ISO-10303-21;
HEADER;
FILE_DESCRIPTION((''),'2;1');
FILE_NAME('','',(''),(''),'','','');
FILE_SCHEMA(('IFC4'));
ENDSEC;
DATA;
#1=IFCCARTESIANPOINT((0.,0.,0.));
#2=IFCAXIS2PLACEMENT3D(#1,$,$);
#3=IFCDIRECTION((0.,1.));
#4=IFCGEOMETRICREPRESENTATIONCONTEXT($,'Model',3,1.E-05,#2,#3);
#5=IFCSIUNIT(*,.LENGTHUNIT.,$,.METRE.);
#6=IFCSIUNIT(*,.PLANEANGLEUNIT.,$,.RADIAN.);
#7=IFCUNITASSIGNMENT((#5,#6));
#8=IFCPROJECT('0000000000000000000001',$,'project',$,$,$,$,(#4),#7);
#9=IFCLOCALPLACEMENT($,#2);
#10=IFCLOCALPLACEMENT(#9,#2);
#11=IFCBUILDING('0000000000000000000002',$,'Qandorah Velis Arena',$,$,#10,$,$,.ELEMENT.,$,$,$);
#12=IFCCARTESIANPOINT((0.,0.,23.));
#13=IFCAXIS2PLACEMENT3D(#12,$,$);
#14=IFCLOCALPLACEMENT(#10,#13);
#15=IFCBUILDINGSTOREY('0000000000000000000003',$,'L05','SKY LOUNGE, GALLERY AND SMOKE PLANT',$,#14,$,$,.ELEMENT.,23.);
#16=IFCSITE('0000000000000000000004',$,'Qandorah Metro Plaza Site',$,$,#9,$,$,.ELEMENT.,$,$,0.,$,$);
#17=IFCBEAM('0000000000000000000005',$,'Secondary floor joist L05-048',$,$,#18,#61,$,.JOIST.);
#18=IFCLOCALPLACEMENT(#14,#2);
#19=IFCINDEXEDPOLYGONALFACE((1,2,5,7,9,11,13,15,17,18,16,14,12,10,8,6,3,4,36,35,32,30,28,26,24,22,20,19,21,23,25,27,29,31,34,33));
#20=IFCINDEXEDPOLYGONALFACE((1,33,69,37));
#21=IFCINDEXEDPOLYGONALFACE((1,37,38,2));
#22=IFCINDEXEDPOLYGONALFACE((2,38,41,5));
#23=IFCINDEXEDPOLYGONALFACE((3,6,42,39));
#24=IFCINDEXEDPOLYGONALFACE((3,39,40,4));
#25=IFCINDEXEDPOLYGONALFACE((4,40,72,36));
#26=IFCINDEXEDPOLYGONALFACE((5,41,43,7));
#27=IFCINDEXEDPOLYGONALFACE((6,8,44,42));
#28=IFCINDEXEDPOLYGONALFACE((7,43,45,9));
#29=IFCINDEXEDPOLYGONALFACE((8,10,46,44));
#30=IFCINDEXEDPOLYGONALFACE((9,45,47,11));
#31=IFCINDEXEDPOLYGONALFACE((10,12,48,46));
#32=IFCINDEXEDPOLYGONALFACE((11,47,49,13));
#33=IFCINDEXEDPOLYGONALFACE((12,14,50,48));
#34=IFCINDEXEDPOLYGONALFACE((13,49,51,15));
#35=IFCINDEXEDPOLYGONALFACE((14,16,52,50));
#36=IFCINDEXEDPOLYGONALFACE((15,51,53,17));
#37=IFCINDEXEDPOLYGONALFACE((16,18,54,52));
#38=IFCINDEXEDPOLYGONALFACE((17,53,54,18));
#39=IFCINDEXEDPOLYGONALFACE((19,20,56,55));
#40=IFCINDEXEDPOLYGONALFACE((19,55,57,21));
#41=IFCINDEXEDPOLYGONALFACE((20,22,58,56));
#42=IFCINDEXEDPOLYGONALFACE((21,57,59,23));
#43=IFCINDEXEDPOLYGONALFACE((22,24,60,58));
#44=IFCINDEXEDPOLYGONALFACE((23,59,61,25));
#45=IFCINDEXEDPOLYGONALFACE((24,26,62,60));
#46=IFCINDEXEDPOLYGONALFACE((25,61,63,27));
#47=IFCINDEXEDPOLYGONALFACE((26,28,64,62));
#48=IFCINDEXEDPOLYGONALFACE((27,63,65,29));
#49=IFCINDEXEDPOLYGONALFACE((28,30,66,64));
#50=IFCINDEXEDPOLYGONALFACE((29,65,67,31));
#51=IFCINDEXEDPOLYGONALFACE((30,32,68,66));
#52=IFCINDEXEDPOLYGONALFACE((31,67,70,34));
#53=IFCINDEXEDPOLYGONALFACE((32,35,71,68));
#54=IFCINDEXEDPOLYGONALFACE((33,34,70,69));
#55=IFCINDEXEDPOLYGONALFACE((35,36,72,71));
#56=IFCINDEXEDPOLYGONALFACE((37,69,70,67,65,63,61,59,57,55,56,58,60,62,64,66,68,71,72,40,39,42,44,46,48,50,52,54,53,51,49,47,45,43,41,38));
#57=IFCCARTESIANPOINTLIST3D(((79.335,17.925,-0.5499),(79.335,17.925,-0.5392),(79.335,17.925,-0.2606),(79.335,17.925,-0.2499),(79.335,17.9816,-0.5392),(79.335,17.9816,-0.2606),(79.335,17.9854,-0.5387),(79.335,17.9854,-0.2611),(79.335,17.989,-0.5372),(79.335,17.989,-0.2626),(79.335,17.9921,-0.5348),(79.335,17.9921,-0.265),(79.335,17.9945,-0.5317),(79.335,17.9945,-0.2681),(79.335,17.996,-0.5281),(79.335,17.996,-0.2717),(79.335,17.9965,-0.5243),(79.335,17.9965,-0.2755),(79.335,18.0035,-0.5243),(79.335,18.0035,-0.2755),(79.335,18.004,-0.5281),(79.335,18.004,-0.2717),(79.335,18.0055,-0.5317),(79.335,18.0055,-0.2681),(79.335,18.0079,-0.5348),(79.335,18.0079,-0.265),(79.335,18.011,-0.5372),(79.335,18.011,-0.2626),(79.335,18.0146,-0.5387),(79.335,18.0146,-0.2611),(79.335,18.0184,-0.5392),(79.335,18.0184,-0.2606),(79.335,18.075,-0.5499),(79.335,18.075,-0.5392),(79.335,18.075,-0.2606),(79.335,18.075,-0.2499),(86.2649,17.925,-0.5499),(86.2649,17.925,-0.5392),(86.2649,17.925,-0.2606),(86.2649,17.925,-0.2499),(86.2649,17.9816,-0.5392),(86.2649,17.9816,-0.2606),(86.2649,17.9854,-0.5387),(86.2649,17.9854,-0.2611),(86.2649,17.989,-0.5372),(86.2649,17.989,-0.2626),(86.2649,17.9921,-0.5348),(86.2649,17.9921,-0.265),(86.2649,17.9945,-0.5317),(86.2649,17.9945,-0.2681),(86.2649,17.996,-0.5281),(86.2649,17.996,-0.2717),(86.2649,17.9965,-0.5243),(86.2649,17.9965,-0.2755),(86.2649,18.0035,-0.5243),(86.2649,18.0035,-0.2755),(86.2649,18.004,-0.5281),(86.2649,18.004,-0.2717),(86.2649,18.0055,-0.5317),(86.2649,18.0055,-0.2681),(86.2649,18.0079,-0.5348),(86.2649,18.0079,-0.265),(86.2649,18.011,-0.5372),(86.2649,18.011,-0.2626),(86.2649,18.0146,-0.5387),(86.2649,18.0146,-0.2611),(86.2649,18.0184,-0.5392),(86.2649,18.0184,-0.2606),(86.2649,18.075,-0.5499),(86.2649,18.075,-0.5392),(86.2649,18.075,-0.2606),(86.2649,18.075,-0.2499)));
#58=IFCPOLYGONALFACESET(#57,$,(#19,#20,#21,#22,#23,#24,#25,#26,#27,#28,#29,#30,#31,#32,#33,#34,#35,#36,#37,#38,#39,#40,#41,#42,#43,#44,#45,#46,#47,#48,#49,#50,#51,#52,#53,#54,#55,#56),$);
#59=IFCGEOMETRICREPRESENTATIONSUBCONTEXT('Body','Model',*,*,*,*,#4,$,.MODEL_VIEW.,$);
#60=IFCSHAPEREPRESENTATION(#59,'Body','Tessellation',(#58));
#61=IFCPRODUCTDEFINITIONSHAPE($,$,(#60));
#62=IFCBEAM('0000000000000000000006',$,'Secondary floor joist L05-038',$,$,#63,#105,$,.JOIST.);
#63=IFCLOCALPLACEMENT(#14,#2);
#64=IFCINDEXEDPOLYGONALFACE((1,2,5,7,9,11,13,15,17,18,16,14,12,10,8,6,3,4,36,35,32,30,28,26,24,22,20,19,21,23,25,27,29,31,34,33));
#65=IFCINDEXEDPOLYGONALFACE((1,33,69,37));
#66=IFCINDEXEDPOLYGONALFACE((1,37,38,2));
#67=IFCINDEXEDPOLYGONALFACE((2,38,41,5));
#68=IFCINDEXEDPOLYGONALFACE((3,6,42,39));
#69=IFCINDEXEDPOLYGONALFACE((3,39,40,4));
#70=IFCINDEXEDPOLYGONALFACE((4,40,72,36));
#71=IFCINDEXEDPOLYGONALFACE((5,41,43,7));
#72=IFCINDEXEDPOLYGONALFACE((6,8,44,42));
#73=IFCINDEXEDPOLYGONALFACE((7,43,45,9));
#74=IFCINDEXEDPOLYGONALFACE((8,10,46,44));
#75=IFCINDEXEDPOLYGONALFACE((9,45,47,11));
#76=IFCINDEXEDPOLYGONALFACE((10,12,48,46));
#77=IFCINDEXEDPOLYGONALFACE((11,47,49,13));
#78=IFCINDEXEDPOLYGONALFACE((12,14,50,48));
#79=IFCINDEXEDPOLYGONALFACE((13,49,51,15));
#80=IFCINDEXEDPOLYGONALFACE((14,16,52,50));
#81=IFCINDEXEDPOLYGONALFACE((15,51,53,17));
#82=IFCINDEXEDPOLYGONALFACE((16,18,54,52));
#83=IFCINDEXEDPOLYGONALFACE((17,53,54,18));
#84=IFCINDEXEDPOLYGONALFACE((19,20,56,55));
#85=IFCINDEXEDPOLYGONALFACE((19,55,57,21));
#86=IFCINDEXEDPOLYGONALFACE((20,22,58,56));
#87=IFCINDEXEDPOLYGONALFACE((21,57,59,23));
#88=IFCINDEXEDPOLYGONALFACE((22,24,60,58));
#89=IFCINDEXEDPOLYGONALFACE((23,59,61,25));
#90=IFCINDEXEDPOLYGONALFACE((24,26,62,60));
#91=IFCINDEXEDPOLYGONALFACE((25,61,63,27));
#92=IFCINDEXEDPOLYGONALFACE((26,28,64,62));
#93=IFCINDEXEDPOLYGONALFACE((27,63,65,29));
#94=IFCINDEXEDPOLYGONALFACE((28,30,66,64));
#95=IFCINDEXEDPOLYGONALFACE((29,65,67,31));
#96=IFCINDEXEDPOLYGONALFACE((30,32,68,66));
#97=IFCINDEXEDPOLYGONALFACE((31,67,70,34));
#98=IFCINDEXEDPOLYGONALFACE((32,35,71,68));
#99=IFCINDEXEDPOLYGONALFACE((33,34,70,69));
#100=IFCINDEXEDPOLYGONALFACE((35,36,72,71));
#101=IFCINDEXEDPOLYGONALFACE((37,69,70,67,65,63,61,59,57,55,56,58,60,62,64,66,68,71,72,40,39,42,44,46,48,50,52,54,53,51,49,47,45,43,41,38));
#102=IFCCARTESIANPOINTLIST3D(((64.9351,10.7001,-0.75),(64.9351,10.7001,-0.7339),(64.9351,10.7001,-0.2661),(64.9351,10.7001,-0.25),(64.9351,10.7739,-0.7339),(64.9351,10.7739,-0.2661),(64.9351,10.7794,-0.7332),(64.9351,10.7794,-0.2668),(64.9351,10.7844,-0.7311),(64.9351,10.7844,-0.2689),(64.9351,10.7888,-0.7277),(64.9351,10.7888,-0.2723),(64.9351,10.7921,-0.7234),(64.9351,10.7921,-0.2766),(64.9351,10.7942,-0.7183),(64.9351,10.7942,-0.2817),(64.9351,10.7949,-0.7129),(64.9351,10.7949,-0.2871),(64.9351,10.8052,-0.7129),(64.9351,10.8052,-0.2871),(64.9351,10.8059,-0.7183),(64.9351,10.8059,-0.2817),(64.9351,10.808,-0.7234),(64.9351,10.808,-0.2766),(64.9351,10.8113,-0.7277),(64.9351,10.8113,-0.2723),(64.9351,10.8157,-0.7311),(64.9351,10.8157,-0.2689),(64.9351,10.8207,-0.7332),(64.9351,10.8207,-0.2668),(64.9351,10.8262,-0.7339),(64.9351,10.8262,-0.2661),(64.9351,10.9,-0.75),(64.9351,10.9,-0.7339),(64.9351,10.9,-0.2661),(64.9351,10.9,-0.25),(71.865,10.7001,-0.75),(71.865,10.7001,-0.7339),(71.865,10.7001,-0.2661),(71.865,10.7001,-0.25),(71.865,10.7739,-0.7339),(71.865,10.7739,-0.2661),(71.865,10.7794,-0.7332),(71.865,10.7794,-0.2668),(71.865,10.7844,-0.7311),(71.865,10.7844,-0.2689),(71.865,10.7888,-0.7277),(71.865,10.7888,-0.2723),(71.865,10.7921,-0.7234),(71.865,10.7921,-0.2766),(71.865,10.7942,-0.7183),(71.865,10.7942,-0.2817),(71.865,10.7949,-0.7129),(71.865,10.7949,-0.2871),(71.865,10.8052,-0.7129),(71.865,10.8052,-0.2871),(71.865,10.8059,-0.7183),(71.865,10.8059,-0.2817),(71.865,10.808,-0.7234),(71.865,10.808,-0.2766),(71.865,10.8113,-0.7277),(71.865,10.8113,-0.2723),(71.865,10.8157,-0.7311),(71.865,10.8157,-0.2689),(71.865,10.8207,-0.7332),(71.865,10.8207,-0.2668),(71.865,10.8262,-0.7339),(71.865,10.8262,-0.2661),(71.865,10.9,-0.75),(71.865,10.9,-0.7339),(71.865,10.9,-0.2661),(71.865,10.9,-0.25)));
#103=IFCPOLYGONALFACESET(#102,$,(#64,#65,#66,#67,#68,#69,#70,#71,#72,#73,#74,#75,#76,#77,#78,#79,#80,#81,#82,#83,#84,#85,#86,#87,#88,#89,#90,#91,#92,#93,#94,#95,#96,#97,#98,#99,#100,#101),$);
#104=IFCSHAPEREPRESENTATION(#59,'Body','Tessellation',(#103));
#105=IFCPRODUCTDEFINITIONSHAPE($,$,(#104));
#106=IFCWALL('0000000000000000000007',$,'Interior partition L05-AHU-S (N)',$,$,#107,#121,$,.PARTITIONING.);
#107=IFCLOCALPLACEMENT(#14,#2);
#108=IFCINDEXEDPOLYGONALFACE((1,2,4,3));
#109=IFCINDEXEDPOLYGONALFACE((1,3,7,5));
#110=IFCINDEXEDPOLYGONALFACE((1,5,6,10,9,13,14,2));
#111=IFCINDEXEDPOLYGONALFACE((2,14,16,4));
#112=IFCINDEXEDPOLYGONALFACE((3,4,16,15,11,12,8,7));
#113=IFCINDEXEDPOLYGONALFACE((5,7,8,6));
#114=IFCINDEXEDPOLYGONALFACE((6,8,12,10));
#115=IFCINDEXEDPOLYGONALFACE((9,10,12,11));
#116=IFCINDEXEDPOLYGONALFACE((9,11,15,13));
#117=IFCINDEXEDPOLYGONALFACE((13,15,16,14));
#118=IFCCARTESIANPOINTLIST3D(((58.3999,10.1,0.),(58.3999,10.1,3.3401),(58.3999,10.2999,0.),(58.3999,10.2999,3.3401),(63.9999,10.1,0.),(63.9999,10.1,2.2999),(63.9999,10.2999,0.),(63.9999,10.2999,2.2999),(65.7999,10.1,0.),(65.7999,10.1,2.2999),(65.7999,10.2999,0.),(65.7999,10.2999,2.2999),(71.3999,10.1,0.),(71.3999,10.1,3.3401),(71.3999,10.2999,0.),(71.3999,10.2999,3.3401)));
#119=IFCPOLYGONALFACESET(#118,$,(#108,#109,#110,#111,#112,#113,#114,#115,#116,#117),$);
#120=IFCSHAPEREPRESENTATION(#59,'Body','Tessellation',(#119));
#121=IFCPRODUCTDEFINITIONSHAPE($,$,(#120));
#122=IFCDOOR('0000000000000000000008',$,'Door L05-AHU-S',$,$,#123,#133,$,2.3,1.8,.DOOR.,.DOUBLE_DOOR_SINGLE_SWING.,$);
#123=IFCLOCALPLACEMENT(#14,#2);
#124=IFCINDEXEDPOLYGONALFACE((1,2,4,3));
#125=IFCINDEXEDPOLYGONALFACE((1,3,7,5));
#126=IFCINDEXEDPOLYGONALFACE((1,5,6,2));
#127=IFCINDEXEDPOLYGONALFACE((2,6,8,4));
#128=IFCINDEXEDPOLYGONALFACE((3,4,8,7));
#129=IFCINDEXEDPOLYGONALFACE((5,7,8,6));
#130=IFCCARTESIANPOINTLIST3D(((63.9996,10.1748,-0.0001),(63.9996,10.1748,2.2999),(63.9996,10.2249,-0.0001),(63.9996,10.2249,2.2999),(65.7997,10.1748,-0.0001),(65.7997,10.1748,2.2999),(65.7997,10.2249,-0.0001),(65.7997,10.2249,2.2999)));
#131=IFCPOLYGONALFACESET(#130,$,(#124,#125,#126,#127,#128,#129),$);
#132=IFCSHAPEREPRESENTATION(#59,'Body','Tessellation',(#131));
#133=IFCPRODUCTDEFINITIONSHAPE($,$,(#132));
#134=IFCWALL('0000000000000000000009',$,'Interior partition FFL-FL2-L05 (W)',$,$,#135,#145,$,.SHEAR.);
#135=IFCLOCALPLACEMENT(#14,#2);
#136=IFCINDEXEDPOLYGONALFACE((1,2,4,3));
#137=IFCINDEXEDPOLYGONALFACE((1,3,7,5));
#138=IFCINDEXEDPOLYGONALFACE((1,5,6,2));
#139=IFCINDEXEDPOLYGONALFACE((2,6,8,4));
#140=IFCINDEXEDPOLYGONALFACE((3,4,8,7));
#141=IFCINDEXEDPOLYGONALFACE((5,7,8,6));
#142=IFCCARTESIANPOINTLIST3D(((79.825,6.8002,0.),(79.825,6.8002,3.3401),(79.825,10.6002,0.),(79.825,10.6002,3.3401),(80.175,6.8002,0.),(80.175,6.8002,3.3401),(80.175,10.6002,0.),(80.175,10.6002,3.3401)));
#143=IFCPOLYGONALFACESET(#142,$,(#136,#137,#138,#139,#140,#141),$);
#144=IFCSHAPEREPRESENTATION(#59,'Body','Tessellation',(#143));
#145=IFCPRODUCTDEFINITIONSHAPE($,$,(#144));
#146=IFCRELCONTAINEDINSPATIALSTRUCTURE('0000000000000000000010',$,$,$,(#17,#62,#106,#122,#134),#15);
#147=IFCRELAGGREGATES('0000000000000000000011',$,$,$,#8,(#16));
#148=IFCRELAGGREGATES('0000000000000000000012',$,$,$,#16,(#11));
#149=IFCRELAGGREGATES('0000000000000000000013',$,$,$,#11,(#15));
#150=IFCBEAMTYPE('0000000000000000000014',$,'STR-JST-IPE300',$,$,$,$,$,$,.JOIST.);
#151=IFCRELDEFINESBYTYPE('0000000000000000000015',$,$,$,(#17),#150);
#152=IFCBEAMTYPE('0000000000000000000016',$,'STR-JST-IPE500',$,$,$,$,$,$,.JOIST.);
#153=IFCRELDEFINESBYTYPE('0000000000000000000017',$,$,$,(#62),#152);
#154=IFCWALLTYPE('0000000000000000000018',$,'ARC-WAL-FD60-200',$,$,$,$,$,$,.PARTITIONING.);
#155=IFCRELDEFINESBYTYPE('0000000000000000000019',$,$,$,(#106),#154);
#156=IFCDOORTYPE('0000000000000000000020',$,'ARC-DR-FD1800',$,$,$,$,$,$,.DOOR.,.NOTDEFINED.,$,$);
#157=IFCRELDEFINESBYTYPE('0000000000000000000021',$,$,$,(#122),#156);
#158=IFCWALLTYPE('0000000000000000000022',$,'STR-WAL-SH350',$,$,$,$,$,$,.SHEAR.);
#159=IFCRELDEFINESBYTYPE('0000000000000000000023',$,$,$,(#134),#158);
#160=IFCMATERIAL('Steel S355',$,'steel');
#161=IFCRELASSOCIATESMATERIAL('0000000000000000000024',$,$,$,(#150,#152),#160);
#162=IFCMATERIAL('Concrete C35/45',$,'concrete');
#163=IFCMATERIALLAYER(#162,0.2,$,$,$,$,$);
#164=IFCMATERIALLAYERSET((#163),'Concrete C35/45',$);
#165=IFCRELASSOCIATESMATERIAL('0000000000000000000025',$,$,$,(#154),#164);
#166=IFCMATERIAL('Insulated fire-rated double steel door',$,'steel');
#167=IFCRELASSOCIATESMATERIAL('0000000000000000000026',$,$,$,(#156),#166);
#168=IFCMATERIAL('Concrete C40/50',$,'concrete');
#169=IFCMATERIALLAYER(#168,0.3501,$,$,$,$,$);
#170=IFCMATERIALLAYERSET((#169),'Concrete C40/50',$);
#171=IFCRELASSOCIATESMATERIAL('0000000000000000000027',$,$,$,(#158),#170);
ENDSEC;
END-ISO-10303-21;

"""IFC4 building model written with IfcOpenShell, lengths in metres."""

from ifc_helpers import new_model, si_unit, direction, frame, frame_2d, origin, origin_2d, place, context, subcontext, project, spatial, rectangle, i_section, extrude, material, layer, layer_set, material_profile, profile_set, type_object, element, fill, save


model = new_model("IFC4")

# Units and contexts
model_context = context("Model", 3, precision=1e-05, world=origin(), true_north=direction((0.0, 1.0)))
body_context = subcontext(model_context, "Body", "Model", "MODEL_VIEW")
ifc_project = project(units=[si_unit("LENGTHUNIT", "METRE"), si_unit("PLANEANGLEUNIT", "RADIAN")], contexts=[model_context])

# Site, building, storey
site_placement = place(None, origin())
site = spatial("IfcSite", under=ifc_project, at=site_placement, Name="Qandorah Metro Plaza Site", CompositionType="ELEMENT", RefElevation=0.0)
building_placement = place(site_placement, origin())
building = spatial("IfcBuilding", under=site, at=building_placement, Name="Qandorah Velis Arena", CompositionType="ELEMENT")
storey_placement = place(building_placement, frame((0.0, 0.0, 23.0)))
storey = spatial("IfcBuildingStorey", under=building, at=storey_placement, Name="L05", Description="SKY LOUNGE, GALLERY AND SMOKE PLANT", CompositionType="ELEMENT", Elevation=23.0)

# Shared definitions
ifc_material_1 = material(Name="Concrete C40/50", Category="concrete")

# Beams
ifc_material_2 = material(Name="Steel S355", Category="steel")
ifc_material_profile_1 = material_profile(ifc_material_2, i_section(OverallWidth=0.1499, OverallDepth=0.3, WebThickness=0.0071, FlangeThickness=0.0107, FilletRadius=0.0149, at=origin_2d()), Name="IPE 300")
ifc_profile_set_1 = profile_set([ifc_material_profile_1], Name="Steel S355")
beam_type_1 = type_object("IfcBeamType", Name="STR-JST-IPE300", PredefinedType="JOIST", material=ifc_profile_set_1)
for number, where, z_axis, x_axis, name in (
    (1, (79.335, 18.0, -0.3999), (1.0, 0.0, 0.0), (0.0, 1.0, 0.0), "Secondary floor joist L05-048"),
):
    element("IfcBeam", number, at=place(storey_placement, frame(where, z_axis=z_axis, x_axis=x_axis)), inside=storey, type_object=beam_type_1, Name=name, PredefinedType="JOIST", context=body_context, shape_type="SweptSolid", body=[
        extrude(i_section(OverallWidth=0.1499, OverallDepth=0.3, WebThickness=0.0071, FlangeThickness=0.0107, FilletRadius=0.0149, at=origin_2d()), origin(), (0.0, 0.0, 1.0), 6.9299),
    ])
ifc_material_profile_2 = material_profile(ifc_material_2, i_section(OverallWidth=0.2, OverallDepth=0.5, WebThickness=0.0103, FlangeThickness=0.0161, FilletRadius=0.021, at=origin_2d()), Name="IPE 500")
ifc_profile_set_2 = profile_set([ifc_material_profile_2], Name="Steel S355")
beam_type_2 = type_object("IfcBeamType", Name="STR-JST-IPE500", PredefinedType="JOIST", material=ifc_profile_set_2)
beam_1_placement = place(storey_placement, frame((64.9351, 10.8, -0.5), z_axis=(1.0, 0.0, 0.0), x_axis=(0.0, 1.0, 0.0)))
element("IfcBeam", 2, at=beam_1_placement, inside=storey, type_object=beam_type_2, Name="Secondary floor joist L05-038", PredefinedType="JOIST", context=body_context, shape_type="SweptSolid", body=[
    extrude(i_section(OverallWidth=0.2, OverallDepth=0.5, WebThickness=0.0103, FlangeThickness=0.0161, FilletRadius=0.021, at=origin_2d()), origin(), (0.0, 0.0, 1.0), 6.9299),
])

# Wall, opening, door
ifc_material_3 = material(Name="Concrete C35/45", Category="concrete")
ifc_layer_1 = layer(ifc_material_3, 0.2)
ifc_layer_set_1 = layer_set([ifc_layer_1], Name="Concrete C35/45")
wall_type_1 = type_object("IfcWallType", Name="ARC-WAL-FD60-200", PredefinedType="PARTITIONING", material=ifc_layer_set_1)
wall_1_placement = place(storey_placement, frame((71.3999, 10.2, 0.0), z_axis=(0.0, 0.0, 1.0), x_axis=(-1.0, 0.0, 0.0)))
wall_1 = element("IfcWall", 3, at=wall_1_placement, inside=storey, type_object=wall_type_1, Name="Interior partition L05-AHU-S (N)", PredefinedType="PARTITIONING", context=body_context, shape_type="SweptSolid", body=[
    extrude(rectangle(XDim=13.0, YDim=0.2, at=frame_2d((6.5, 0.0))), origin(), (0.0, 0.0, 1.0), 3.3401),
])
opening_placement = place(wall_1_placement, frame((5.6001, 0.0, 0.0)))
opening = element("IfcOpeningElement", 4, at=opening_placement, cuts=wall_1, PredefinedType="OPENING", context=body_context, shape_type="SweptSolid", body=[
    extrude(rectangle(XDim=1.8, YDim=2.3, at=frame_2d((0.8999, 1.1499))), frame((0.0, 0.1099, 0.0), z_axis=(0.0, -1.0, 0.0), x_axis=(1.0, 0.0, 0.0)), (0.0, 0.0, 1.0), 0.22),
])
ifc_material_4 = material(Name="Insulated fire-rated double steel door", Category="steel")
door_type = type_object("IfcDoorType", Name="ARC-DR-FD1800", OperationType="NOTDEFINED", PredefinedType="DOOR", material=ifc_material_4)
door_placement = place(opening_placement, frame((1.8, 0.0, 0.0), z_axis=(0.0, 0.0, 1.0), x_axis=(-1.0, 0.0, 0.0)))
door = element("IfcDoor", 5, at=door_placement, inside=storey, type_object=door_type, Name="Door L05-AHU-S", OperationType="DOUBLE_DOOR_SINGLE_SWING", OverallHeight=2.3, OverallWidth=1.8, PredefinedType="DOOR", context=body_context, shape_type="SweptSolid", body=[
    extrude(rectangle(XDim=1.8, YDim=2.3, at=frame_2d((0.8999, 1.1499))), frame((0.0, 0.0249, 0.0), z_axis=(0.0, -1.0, 0.0), x_axis=(1.0, 0.0, 0.0)), (0.0, 0.0, 1.0), 0.05),
])
fill(opening, door)

# Wall
ifc_layer_2 = layer(ifc_material_1, 0.3501)
ifc_layer_set_2 = layer_set([ifc_layer_2], Name="Concrete C40/50")
wall_type_2 = type_object("IfcWallType", Name="STR-WAL-SH350", PredefinedType="SHEAR", material=ifc_layer_set_2)
wall_2_placement = place(storey_placement, frame((80.0, 10.6001, 0.0), z_axis=(0.0, 0.0, 1.0), x_axis=(0.0, -1.0, 0.0)))
element("IfcWall", 6, at=wall_2_placement, inside=storey, type_object=wall_type_2, Name="Interior partition FFL-FL2-L05 (W)", PredefinedType="SHEAR", context=body_context, shape_type="SweptSolid", body=[
    extrude(rectangle(XDim=3.8, YDim=0.3501, at=frame_2d((1.8999, 0.0))), origin(), (0.0, 0.0, 1.0), 3.3401),
])

save(model, "model.ifc")
